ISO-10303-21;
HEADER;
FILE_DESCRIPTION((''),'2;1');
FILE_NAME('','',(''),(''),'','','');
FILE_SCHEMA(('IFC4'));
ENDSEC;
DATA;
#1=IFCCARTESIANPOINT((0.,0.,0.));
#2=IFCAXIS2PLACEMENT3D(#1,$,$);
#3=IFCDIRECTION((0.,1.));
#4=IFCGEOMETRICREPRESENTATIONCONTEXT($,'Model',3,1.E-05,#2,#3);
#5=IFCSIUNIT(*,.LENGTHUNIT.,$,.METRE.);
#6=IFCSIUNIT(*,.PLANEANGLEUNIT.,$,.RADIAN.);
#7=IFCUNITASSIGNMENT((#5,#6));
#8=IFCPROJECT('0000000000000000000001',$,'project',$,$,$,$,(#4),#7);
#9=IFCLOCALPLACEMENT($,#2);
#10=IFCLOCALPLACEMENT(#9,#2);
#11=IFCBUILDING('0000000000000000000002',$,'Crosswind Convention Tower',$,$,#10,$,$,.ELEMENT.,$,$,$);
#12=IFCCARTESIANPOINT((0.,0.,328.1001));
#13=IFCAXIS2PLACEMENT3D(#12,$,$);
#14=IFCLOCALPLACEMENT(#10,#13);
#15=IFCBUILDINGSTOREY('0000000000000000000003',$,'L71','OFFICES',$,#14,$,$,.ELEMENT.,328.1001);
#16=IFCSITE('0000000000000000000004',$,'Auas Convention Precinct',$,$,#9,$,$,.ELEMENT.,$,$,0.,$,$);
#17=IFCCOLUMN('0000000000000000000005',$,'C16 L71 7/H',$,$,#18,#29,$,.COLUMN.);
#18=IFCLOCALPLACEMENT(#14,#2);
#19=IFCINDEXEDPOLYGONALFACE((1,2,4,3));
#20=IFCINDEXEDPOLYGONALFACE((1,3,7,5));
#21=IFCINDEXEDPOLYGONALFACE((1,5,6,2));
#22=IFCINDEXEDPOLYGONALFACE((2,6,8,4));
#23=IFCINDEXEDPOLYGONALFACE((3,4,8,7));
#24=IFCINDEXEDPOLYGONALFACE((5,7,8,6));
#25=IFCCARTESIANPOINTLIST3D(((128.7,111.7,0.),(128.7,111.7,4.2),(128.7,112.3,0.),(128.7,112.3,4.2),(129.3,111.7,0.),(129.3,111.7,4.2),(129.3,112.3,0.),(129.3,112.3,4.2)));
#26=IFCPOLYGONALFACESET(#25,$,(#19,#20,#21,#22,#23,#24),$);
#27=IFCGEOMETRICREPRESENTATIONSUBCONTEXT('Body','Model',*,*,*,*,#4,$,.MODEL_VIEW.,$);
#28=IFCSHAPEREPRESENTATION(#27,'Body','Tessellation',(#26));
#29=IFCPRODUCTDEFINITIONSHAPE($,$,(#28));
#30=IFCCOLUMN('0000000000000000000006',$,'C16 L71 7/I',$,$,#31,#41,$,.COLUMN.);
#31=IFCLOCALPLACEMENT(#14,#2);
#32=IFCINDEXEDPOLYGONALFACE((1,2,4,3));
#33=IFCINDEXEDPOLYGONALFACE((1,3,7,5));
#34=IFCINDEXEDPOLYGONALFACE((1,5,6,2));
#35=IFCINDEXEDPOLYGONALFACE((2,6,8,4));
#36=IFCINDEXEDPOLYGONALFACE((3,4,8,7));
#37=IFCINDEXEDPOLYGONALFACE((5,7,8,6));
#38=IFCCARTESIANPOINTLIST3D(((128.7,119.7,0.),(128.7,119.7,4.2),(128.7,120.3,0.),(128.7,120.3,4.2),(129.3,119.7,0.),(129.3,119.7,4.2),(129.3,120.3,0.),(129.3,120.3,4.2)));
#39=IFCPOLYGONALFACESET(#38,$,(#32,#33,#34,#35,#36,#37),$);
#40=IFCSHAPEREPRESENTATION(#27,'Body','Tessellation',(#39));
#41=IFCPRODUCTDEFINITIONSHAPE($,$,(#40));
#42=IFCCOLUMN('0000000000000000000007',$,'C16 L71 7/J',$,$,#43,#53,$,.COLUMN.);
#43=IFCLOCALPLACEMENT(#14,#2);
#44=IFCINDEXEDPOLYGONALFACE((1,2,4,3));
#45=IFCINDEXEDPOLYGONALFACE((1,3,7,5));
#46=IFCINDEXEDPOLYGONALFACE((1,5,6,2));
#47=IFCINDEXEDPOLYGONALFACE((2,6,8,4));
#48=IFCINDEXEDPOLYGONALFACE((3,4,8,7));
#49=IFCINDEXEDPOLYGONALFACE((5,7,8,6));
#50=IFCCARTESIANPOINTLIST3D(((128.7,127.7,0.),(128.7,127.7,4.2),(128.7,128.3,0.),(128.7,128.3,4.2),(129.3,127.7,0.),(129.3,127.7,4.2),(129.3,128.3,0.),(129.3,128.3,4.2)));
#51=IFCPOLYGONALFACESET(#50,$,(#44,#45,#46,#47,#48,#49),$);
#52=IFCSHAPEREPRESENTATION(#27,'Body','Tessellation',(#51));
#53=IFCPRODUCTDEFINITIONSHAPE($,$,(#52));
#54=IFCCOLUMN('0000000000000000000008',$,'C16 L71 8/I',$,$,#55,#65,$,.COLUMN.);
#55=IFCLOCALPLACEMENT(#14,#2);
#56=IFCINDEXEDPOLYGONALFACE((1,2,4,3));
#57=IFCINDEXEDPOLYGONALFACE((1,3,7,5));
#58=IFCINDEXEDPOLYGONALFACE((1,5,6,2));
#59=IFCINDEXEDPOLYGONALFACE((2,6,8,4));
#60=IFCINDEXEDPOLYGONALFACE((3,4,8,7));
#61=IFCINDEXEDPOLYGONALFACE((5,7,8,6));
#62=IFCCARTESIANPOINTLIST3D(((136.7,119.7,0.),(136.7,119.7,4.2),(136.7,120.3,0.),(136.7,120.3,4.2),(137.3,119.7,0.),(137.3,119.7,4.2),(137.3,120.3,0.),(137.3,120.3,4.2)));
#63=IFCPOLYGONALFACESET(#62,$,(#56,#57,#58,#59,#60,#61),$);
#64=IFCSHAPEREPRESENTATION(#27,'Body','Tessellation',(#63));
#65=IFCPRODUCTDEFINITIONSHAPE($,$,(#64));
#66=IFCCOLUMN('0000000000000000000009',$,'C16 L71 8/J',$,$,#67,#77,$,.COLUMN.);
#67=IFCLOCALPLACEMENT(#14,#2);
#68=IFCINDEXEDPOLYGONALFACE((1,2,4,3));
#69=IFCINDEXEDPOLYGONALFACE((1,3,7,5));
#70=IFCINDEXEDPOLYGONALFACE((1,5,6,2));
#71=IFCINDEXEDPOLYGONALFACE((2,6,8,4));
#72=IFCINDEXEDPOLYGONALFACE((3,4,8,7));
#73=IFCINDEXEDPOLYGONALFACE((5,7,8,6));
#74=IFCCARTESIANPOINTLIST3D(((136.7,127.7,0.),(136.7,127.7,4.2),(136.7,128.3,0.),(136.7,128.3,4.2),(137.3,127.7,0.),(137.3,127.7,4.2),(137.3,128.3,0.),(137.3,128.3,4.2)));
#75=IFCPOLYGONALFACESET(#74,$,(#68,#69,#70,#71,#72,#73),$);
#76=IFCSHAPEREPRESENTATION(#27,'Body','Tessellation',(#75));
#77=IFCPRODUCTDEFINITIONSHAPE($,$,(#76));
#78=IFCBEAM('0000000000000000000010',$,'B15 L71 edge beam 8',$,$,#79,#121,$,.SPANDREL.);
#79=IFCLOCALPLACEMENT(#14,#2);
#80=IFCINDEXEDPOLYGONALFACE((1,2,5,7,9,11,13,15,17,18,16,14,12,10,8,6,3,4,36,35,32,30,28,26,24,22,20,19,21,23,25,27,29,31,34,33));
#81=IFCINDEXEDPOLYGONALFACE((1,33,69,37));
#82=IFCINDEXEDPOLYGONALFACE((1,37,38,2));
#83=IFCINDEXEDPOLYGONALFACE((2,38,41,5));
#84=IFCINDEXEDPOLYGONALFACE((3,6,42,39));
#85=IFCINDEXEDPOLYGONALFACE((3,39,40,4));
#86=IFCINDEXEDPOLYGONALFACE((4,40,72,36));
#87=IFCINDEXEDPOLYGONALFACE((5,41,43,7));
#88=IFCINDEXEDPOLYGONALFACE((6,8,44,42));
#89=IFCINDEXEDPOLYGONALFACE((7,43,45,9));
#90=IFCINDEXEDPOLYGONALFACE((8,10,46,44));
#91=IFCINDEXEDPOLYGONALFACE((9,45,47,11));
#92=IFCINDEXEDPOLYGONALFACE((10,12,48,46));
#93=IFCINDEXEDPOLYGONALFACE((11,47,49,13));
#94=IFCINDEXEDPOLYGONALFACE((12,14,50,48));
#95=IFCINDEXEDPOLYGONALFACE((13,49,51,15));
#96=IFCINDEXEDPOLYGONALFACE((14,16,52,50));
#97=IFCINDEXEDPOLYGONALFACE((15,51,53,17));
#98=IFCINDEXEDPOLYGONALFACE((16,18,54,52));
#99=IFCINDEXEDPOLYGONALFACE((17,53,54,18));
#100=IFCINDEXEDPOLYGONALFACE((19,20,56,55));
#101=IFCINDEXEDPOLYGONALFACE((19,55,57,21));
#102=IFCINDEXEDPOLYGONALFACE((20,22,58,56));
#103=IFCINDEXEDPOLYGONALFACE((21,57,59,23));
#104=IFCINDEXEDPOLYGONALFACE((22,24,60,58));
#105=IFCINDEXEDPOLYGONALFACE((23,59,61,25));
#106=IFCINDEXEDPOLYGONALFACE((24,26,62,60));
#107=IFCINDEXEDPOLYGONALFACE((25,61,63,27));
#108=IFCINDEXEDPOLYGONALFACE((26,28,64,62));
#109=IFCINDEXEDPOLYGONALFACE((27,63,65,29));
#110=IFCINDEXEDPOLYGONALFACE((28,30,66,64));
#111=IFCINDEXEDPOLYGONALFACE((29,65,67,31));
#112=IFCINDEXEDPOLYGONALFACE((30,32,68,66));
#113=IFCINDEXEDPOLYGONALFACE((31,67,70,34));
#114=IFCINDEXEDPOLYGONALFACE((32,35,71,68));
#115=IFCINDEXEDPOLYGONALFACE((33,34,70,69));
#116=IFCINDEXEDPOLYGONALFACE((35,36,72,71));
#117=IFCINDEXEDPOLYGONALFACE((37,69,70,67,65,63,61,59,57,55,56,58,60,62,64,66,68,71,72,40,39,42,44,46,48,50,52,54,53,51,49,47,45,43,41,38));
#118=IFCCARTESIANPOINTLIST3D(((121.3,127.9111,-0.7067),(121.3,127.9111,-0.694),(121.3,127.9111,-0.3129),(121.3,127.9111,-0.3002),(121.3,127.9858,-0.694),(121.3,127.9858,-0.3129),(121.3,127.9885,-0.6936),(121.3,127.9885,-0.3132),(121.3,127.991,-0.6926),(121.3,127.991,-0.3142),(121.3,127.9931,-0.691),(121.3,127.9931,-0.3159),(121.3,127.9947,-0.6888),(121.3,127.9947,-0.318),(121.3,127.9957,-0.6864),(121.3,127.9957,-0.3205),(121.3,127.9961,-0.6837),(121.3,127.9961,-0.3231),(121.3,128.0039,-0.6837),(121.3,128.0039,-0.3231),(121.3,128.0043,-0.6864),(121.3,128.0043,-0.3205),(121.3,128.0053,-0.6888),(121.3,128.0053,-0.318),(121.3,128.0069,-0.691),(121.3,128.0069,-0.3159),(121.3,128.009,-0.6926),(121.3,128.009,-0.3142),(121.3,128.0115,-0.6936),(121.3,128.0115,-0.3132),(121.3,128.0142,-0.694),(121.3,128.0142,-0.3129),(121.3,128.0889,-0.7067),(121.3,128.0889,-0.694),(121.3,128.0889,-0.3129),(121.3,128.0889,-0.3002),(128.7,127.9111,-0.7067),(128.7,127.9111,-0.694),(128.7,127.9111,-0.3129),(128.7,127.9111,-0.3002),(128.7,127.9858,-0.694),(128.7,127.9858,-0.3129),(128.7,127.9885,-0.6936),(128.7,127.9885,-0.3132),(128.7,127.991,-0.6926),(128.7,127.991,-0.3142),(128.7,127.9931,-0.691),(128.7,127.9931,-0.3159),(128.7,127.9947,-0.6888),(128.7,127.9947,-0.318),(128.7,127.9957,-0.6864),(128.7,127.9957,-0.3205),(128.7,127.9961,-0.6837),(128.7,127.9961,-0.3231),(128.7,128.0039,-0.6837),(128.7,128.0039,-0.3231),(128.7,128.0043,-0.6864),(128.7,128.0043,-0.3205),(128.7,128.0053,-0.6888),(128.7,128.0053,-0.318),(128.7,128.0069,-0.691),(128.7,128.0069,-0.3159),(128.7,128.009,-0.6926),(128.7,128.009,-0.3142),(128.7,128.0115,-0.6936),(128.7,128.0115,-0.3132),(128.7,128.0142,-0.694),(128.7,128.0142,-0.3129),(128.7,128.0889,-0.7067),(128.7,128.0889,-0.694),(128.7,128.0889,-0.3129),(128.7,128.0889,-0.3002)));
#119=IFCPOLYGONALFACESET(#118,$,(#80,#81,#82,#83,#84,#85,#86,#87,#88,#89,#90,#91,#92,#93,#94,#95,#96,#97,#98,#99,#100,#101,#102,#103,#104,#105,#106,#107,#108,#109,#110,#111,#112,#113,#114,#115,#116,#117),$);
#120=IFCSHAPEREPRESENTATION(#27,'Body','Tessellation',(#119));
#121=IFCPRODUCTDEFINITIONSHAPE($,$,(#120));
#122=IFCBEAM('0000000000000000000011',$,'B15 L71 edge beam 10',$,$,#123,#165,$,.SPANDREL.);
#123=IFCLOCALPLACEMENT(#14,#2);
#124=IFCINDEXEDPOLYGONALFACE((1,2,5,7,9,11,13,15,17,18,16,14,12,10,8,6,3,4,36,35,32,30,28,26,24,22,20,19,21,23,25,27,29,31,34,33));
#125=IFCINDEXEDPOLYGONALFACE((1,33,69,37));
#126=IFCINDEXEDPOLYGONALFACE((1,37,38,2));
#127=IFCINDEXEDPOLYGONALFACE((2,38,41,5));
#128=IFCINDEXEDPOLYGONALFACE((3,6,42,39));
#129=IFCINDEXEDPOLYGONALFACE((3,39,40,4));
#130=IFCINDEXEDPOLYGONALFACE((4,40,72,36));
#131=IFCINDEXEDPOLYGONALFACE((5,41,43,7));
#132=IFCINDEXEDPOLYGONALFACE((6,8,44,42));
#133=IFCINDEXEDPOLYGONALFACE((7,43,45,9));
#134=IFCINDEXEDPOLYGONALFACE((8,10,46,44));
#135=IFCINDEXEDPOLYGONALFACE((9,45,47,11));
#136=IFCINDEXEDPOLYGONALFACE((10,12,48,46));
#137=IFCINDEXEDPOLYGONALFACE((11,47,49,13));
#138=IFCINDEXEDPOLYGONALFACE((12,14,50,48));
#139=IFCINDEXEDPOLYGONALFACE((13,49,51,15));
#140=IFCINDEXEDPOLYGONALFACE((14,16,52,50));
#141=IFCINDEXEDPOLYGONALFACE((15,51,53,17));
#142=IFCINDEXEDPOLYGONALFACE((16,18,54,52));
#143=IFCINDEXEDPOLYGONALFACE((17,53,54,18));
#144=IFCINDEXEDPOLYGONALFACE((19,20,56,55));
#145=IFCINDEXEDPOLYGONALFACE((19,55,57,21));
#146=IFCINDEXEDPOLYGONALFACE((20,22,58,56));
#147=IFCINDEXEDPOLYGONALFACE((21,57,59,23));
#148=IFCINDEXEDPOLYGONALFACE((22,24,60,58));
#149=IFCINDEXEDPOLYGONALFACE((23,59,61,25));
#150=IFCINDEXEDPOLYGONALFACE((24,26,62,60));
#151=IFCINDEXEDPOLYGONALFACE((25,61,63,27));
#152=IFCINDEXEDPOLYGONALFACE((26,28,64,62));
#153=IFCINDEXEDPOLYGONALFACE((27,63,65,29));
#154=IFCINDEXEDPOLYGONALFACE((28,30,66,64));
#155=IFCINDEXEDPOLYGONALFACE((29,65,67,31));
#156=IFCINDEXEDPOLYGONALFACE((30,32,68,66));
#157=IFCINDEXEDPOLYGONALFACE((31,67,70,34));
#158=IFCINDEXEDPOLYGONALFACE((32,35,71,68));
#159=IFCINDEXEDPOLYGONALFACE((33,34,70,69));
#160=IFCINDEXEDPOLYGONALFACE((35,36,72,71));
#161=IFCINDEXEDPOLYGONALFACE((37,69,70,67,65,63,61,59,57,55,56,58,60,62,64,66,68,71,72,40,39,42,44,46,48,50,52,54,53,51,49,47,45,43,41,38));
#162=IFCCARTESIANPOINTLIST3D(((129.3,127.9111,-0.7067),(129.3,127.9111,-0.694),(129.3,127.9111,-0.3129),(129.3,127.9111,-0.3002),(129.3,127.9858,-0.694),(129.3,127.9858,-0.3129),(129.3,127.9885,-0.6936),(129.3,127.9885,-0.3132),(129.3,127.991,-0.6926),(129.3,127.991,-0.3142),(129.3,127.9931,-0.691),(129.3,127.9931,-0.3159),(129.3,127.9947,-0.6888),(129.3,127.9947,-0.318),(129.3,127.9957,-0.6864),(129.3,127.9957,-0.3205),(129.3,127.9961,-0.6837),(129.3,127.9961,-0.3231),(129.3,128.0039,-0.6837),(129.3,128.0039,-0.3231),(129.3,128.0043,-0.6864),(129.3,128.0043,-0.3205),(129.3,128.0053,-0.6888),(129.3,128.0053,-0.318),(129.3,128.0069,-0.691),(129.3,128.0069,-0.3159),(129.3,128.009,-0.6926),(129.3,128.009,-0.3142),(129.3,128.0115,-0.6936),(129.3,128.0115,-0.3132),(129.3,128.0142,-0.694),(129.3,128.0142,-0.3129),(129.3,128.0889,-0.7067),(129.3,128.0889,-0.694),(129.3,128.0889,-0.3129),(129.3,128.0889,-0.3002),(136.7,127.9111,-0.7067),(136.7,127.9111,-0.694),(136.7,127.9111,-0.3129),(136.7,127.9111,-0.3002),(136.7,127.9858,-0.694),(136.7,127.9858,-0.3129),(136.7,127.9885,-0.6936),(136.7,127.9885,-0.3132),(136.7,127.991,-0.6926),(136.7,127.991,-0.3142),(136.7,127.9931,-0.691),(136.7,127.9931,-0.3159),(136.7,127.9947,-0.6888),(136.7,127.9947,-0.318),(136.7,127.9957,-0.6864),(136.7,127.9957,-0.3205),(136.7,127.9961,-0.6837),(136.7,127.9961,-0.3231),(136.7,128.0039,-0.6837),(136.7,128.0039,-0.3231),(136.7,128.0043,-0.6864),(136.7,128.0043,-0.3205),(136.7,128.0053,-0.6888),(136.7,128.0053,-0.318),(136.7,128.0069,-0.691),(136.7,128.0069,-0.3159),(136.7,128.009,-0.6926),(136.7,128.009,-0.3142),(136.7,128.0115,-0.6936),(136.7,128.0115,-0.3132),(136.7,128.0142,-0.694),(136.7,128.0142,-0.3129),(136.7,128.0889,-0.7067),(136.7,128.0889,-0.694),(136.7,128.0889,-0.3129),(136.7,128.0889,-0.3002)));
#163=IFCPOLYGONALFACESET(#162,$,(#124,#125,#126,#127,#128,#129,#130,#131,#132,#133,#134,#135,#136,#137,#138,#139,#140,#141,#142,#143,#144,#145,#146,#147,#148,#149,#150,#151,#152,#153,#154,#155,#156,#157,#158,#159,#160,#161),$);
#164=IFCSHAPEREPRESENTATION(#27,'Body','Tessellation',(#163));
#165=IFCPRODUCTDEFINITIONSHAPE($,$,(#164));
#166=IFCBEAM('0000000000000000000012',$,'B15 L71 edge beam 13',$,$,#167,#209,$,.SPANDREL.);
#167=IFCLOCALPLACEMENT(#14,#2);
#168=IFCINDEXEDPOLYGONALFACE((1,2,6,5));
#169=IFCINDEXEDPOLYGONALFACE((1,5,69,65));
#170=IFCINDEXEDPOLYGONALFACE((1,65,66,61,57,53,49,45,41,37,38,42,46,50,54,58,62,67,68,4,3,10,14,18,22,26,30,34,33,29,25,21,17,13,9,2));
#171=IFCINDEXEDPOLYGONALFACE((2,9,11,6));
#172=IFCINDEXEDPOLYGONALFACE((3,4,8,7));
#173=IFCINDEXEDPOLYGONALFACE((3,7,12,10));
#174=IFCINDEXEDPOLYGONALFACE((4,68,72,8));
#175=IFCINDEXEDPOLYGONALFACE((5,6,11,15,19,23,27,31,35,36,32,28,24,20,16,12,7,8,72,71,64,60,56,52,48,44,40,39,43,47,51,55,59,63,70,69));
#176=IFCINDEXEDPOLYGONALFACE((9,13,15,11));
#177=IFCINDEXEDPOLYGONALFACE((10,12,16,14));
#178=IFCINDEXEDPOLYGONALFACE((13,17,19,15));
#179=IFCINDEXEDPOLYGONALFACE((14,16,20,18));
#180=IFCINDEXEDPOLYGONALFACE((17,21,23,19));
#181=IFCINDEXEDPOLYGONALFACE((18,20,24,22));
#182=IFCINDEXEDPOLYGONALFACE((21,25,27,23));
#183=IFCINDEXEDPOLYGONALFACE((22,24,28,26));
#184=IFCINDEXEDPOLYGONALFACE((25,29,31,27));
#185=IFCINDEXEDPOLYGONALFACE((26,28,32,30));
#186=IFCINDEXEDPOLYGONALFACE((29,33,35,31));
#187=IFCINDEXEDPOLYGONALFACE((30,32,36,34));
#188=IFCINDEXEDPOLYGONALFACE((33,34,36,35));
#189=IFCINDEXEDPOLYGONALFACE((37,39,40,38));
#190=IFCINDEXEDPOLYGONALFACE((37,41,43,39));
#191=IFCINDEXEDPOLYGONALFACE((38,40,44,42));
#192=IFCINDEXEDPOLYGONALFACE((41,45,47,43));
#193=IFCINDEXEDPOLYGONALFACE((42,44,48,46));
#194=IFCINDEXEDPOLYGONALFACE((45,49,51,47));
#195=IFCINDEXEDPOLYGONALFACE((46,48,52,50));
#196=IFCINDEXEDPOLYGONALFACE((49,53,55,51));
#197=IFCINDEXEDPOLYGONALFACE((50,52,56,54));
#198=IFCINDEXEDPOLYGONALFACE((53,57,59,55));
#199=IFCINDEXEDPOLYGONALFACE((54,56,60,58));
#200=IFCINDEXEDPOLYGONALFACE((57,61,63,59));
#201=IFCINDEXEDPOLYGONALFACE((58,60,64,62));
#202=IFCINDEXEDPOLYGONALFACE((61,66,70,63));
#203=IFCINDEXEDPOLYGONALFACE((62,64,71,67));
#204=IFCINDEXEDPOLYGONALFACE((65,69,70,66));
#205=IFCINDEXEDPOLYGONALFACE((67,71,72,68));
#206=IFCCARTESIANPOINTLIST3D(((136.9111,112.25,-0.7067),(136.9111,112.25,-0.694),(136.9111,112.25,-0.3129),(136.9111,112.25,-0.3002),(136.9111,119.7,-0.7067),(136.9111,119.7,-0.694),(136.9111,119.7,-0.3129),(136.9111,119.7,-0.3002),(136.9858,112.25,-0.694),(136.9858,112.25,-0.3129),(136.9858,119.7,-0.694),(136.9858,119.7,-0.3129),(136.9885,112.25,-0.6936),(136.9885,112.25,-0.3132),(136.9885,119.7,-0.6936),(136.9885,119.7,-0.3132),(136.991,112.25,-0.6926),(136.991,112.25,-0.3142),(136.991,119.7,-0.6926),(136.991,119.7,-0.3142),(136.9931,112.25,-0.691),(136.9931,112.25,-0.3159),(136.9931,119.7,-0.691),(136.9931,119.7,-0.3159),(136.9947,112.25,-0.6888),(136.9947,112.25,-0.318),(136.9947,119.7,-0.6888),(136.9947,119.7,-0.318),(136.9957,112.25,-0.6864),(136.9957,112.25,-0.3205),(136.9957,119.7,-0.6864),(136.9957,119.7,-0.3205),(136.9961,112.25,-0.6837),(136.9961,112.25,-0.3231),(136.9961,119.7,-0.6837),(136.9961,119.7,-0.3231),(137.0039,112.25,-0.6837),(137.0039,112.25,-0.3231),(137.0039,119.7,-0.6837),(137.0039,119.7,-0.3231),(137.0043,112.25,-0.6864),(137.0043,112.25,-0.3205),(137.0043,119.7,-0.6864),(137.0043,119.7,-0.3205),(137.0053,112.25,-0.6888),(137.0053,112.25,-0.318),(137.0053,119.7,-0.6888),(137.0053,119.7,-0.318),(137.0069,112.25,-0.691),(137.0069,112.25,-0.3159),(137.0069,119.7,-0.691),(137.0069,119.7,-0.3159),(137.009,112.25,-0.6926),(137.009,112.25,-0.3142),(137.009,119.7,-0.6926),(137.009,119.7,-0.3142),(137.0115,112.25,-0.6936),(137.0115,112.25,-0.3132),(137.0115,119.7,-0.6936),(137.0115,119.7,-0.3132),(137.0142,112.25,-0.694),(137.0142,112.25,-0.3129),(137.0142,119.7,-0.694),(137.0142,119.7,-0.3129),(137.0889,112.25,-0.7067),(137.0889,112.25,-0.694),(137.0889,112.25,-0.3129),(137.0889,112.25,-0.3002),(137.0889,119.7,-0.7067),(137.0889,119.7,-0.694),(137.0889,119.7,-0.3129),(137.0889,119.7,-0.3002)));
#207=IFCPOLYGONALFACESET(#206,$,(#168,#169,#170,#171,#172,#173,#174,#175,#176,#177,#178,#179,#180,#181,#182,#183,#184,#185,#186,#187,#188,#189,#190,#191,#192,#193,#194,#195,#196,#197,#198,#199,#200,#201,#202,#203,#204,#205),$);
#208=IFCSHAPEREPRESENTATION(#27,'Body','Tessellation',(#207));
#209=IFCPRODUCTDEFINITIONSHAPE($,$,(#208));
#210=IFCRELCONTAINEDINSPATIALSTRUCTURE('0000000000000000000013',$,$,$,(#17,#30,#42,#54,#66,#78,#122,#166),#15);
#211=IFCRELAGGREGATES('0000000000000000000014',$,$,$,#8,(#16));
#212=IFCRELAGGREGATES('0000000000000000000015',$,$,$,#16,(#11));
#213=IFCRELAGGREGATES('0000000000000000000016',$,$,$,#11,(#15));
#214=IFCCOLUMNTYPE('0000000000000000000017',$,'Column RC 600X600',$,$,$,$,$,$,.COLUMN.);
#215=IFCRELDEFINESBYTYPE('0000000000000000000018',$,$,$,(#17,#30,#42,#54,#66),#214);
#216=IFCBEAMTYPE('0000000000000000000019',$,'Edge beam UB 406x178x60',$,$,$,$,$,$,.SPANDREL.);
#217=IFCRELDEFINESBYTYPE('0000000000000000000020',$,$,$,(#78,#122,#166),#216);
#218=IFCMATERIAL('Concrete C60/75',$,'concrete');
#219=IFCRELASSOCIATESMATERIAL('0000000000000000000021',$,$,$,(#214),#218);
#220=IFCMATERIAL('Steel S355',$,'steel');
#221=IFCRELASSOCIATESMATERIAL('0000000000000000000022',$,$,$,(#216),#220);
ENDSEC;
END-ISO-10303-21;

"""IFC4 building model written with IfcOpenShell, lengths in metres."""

from ifc_helpers import new_model, si_unit, direction, frame, origin, origin_2d, place, context, subcontext, project, spatial, rectangle, i_section, extrude, material, material_profile, profile_set, type_object, element, save


model = new_model("IFC4")

# Units and contexts
model_context = context("Model", 3, precision=1e-05, world=origin(), true_north=direction((0.0, 1.0)))
body_context = subcontext(model_context, "Body", "Model", "MODEL_VIEW")
ifc_project = project(units=[si_unit("LENGTHUNIT", "METRE"), si_unit("PLANEANGLEUNIT", "RADIAN")], contexts=[model_context])

# Site, building, storey
site_placement = place(None, origin())
site = spatial("IfcSite", under=ifc_project, at=site_placement, Name="Auas Convention Precinct", CompositionType="ELEMENT", RefElevation=0.0)
building_placement = place(site_placement, origin())
building = spatial("IfcBuilding", under=site, at=building_placement, Name="Crosswind Convention Tower", CompositionType="ELEMENT")
storey_placement = place(building_placement, frame((0.0, 0.0, 328.1001)))
storey = spatial("IfcBuildingStorey", under=building, at=storey_placement, Name="L71", Description="OFFICES", CompositionType="ELEMENT", Elevation=328.1001)

# Columns
ifc_material_1 = material(Name="Concrete C60/75", Category="concrete")
ifc_material_profile_1 = material_profile(ifc_material_1, rectangle(XDim=0.6001, YDim=0.6001, at=origin_2d()), Name="RC 600X600")
ifc_profile_set_1 = profile_set([ifc_material_profile_1], Name="Concrete C60/75")
column_type = type_object("IfcColumnType", Name="Column RC 600X600", PredefinedType="COLUMN", material=ifc_profile_set_1)
for number, where, z_axis, x_axis, name in (
    (1, (129.0, 112.0, 0.0), (0.0, 0.0, 1.0), (1.0, 0.0, 0.0), "C16 L71 7/H"),
    (2, (129.0, 120.0, 0.0), (0.0, 0.0, 1.0), (1.0, 0.0, 0.0), "C16 L71 7/I"),
    (3, (129.0, 128.0, 0.0), (0.0, 0.0, 1.0), (1.0, 0.0, 0.0), "C16 L71 7/J"),
    (4, (137.0, 120.0, 0.0), (0.0, 0.0, 1.0), (1.0, 0.0, 0.0), "C16 L71 8/I"),
    (5, (137.0, 128.0, 0.0), (0.0, 0.0, 1.0), (1.0, 0.0, 0.0), "C16 L71 8/J"),
):
    element("IfcColumn", number, at=place(storey_placement, frame(where, z_axis=z_axis, x_axis=x_axis)), inside=storey, type_object=column_type, Name=name, PredefinedType="COLUMN", context=body_context, shape_type="SweptSolid", body=[
        extrude(rectangle(XDim=0.6001, YDim=0.6001, at=origin_2d()), origin(), (0.0, 0.0, 1.0), 4.2),
    ])

# Beams
ifc_material_2 = material(Name="Steel S355", Category="steel")
ifc_material_profile_2 = material_profile(ifc_material_2, i_section(OverallWidth=0.1777, OverallDepth=0.4065, WebThickness=0.0078, FlangeThickness=0.0127, FilletRadius=0.0103, at=origin_2d()), Name="UB 406x178x60")
ifc_profile_set_2 = profile_set([ifc_material_profile_2], Name="Steel S355")
beam_type_1 = type_object("IfcBeamType", Name="Edge beam UB 406x178x60", PredefinedType="SPANDREL", material=ifc_profile_set_2)
for number, where, z_axis, x_axis, name in (
    (6, (121.3, 128.0, -0.5034), (1.0, 0.0, 0.0), (0.0, 1.0, 0.0), "B15 L71 edge beam 8"),
    (7, (129.3, 128.0, -0.5034), (1.0, 0.0, 0.0), (0.0, 1.0, 0.0), "B15 L71 edge beam 10"),
):
    element("IfcBeam", number, at=place(storey_placement, frame(where, z_axis=z_axis, x_axis=x_axis)), inside=storey, type_object=beam_type_1, Name=name, PredefinedType="SPANDREL", context=body_context, shape_type="SweptSolid", body=[
        extrude(i_section(OverallWidth=0.1777, OverallDepth=0.4065, WebThickness=0.0078, FlangeThickness=0.0127, FilletRadius=0.0103, at=origin_2d()), origin(), (0.0, 0.0, 1.0), 7.3999),
    ])
beam_1_placement = place(storey_placement, frame((137.0, 112.25, -0.5034), z_axis=(0.0, 1.0, 0.0), x_axis=(-1.0, 0.0, 0.0)))
element("IfcBeam", 8, at=beam_1_placement, inside=storey, type_object=beam_type_1, Name="B15 L71 edge beam 13", PredefinedType="SPANDREL", context=body_context, shape_type="SweptSolid", body=[
    extrude(i_section(OverallWidth=0.1777, OverallDepth=0.4065, WebThickness=0.0078, FlangeThickness=0.0127, FilletRadius=0.0103, at=origin_2d()), origin(), (0.0, 0.0, 1.0), 7.45),
])

save(model, "model.ifc")
